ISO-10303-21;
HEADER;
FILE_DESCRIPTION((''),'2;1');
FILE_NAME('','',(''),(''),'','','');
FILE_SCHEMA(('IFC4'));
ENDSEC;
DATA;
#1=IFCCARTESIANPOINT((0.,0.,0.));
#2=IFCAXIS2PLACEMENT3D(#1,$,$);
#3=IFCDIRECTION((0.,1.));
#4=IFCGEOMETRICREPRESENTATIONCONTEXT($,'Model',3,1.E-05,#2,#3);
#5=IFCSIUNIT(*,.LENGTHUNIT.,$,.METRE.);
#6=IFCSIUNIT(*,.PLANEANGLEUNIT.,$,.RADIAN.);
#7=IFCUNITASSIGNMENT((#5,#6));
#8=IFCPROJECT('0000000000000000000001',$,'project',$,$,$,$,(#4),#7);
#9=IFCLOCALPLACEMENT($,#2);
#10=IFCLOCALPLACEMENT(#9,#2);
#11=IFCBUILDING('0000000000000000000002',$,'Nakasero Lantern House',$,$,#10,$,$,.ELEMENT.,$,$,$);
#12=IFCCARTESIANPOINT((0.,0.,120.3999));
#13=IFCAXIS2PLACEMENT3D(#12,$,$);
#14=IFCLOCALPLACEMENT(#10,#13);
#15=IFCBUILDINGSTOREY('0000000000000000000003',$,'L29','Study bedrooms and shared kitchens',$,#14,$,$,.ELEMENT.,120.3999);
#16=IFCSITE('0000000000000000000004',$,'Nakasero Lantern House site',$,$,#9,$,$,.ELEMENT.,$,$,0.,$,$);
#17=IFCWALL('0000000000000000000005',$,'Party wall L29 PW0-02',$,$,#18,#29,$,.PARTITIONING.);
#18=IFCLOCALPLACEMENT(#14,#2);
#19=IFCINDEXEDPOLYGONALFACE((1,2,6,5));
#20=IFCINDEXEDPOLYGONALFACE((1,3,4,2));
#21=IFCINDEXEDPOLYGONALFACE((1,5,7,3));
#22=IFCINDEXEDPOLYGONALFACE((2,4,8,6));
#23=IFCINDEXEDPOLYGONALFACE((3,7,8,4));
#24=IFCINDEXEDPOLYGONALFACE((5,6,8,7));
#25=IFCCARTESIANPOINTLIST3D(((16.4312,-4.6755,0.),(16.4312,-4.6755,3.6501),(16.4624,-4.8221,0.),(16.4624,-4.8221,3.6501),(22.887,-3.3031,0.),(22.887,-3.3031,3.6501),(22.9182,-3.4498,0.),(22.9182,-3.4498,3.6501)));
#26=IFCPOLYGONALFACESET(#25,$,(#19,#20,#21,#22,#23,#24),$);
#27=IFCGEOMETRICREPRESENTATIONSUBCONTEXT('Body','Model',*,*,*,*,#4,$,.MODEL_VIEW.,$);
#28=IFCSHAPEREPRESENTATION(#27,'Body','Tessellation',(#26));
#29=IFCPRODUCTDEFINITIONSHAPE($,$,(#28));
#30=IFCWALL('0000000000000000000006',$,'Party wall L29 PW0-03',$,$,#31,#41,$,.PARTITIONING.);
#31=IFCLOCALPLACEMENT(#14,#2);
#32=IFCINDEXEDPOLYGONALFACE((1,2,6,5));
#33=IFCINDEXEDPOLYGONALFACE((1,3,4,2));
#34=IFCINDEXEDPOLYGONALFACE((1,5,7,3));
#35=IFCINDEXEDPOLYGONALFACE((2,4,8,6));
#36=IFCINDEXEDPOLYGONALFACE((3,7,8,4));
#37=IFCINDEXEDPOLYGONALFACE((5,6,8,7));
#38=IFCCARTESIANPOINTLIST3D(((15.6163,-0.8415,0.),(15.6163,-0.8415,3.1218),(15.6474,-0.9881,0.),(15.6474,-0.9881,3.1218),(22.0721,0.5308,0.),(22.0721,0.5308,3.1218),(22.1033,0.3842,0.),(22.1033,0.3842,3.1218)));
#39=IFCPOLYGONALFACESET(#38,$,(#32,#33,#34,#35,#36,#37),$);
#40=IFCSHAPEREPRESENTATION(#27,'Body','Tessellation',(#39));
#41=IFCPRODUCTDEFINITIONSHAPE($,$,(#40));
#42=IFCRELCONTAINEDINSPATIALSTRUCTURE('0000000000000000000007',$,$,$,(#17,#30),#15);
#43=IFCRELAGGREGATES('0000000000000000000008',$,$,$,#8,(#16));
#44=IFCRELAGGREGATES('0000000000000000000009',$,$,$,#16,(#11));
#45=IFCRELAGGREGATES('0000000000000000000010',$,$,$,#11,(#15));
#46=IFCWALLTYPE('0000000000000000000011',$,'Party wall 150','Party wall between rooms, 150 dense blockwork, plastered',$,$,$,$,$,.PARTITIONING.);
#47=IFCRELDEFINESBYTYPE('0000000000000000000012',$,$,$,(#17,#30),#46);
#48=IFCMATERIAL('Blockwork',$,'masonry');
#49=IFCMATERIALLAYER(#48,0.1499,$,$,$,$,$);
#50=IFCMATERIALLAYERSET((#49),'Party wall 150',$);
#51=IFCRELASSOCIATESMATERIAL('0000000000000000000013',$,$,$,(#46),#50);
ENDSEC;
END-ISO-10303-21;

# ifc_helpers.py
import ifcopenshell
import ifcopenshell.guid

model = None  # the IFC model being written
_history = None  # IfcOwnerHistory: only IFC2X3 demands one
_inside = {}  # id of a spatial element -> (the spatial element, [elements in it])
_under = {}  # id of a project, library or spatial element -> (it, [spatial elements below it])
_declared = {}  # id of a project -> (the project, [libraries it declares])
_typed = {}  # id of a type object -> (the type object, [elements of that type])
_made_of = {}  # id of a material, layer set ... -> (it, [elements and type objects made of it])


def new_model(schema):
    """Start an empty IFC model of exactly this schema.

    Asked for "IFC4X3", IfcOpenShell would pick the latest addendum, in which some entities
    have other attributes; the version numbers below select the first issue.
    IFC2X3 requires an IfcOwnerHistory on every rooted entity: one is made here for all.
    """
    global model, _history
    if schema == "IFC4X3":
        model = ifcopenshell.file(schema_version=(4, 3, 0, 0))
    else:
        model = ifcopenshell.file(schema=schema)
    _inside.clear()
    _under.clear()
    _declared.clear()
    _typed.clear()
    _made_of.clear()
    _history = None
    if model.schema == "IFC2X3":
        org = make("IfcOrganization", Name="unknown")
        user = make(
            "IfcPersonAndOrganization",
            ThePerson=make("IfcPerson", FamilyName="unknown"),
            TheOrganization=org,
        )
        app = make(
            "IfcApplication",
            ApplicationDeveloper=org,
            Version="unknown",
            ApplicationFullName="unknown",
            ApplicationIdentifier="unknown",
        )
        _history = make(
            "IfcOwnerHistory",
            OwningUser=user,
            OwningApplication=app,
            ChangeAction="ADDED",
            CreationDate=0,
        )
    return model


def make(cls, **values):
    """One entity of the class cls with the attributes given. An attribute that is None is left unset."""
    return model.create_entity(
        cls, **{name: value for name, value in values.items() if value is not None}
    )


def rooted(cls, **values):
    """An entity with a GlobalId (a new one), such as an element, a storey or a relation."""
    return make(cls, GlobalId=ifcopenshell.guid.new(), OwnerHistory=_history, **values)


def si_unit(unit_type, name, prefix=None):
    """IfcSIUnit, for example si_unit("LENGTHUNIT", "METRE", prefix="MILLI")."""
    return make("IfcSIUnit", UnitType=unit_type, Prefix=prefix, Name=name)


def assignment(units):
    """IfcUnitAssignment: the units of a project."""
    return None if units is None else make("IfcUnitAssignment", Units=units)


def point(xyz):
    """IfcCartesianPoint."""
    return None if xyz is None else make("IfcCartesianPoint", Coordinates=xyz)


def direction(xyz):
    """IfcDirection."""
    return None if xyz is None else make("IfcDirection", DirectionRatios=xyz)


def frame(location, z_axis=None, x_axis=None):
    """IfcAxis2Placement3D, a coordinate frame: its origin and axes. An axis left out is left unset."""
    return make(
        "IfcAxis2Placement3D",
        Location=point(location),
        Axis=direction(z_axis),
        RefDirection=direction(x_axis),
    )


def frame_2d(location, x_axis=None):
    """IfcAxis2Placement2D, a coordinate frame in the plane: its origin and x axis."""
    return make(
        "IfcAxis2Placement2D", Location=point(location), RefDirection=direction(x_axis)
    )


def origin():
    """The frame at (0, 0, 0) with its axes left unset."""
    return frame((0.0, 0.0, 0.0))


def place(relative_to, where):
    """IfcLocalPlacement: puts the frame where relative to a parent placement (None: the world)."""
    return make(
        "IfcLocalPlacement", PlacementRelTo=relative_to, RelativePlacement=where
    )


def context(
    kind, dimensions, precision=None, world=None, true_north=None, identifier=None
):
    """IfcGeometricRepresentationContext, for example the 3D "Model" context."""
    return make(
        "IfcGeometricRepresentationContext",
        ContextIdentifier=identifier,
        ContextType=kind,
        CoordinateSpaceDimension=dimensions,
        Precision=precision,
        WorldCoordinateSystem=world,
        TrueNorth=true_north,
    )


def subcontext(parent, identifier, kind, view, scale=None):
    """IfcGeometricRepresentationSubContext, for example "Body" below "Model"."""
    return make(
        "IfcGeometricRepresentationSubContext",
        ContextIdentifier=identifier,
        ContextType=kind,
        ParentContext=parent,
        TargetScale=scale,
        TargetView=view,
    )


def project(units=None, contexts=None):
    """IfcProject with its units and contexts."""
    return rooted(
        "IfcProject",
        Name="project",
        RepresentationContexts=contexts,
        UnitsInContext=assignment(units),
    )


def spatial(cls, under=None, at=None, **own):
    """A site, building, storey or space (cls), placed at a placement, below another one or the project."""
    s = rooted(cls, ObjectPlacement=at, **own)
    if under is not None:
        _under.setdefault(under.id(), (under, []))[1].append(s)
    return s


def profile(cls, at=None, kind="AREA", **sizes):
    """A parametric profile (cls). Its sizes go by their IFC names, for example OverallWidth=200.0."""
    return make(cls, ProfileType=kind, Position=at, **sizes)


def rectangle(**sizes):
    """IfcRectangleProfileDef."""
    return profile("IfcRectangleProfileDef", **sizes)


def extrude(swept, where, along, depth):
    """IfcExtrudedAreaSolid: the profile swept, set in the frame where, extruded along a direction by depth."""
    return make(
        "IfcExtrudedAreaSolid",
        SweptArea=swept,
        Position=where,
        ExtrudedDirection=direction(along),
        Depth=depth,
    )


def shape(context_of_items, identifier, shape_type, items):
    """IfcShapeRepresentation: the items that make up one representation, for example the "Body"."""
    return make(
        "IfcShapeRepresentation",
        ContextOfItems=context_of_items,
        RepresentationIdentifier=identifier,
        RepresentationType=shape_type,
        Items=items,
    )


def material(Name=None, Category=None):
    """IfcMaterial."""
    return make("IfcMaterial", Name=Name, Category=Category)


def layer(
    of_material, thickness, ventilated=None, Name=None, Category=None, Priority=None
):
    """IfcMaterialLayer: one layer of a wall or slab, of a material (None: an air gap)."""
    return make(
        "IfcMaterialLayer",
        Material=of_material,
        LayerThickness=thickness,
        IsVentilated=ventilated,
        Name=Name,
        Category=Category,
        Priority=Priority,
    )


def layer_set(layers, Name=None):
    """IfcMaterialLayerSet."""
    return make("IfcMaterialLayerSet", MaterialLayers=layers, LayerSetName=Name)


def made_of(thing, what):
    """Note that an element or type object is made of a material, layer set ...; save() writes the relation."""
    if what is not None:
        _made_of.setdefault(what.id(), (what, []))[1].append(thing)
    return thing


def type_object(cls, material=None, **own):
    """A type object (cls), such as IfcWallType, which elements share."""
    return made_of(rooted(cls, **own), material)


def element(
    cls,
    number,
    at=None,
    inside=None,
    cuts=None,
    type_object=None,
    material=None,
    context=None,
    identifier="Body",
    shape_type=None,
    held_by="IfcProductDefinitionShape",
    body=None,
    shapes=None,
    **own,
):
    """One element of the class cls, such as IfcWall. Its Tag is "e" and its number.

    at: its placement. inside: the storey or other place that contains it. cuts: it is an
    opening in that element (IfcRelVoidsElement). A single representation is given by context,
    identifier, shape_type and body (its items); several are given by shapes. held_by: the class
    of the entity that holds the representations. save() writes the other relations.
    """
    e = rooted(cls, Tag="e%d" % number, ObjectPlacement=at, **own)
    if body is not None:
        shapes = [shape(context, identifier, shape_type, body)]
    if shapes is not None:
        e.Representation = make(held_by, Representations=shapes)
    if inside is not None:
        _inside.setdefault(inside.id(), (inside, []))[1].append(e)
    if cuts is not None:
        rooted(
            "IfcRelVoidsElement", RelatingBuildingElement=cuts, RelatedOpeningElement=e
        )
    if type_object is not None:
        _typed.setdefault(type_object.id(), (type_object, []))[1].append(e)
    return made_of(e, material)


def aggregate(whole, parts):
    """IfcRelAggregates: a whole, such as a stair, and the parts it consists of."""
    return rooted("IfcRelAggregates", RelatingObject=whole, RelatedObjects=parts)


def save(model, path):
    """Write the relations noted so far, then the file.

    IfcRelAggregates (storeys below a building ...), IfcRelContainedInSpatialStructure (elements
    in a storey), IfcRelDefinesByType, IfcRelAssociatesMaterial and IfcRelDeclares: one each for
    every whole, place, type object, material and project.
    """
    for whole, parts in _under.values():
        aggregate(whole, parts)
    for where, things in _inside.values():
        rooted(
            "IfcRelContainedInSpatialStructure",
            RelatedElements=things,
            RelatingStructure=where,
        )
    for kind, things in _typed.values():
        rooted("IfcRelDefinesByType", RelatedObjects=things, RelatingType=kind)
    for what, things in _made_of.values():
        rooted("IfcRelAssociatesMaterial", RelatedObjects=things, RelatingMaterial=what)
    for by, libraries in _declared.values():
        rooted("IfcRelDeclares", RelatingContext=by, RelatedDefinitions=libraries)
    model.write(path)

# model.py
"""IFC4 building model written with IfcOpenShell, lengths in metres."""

from ifc_helpers import new_model, si_unit, direction, frame, frame_2d, origin, place, context, subcontext, project, spatial, rectangle, extrude, material, layer, layer_set, type_object, element, save


model = new_model("IFC4")

# Units and contexts
model_context = context("Model", 3, precision=1e-05, world=origin(), true_north=direction((0.0, 1.0)))
body_context = subcontext(model_context, "Body", "Model", "MODEL_VIEW")
ifc_project = project(units=[si_unit("LENGTHUNIT", "METRE"), si_unit("PLANEANGLEUNIT", "RADIAN")], contexts=[model_context])

# Site, building, storey
site_placement = place(None, origin())
site = spatial("IfcSite", under=ifc_project, at=site_placement, Name="Nakasero Lantern House site", CompositionType="ELEMENT", RefElevation=0.0)
building_placement = place(site_placement, origin())
building = spatial("IfcBuilding", under=site, at=building_placement, Name="Nakasero Lantern House", CompositionType="ELEMENT")
storey_placement = place(building_placement, frame((0.0, 0.0, 120.3999)))
storey = spatial("IfcBuildingStorey", under=building, at=storey_placement, Name="L29", Description="Study bedrooms and shared kitchens", CompositionType="ELEMENT", Elevation=120.3999)

# Walls
ifc_material_1 = material(Name="Blockwork", Category="masonry")
ifc_layer_1 = layer(ifc_material_1, 0.1499)
ifc_layer_set_1 = layer_set([ifc_layer_1], Name="Party wall 150")
wall_type_1 = type_object("IfcWallType", Name="Party wall 150", Description="Party wall between rooms, 150 dense blockwork, plastered", PredefinedType="PARTITIONING", material=ifc_layer_set_1)
wall_1_placement = place(storey_placement, frame((16.4468, -4.7488, 0.0), z_axis=(0.0, 0.0, 1.0), x_axis=(0.978145, 0.207925, 0.0)))
element("IfcWall", 1, at=wall_1_placement, inside=storey, type_object=wall_type_1, Name="Party wall L29 PW0-02", PredefinedType="PARTITIONING", context=body_context, shape_type="SweptSolid", body=[
    extrude(rectangle(XDim=6.6001, YDim=0.1499, at=frame_2d((3.3, 0.0))), origin(), (0.0, 0.0, 1.0), 3.6501),
])
wall_2_placement = place(storey_placement, frame((15.6318, -0.9148, 0.0), z_axis=(0.0, 0.0, 1.0), x_axis=(0.978145, 0.207925, 0.0)))
element("IfcWall", 2, at=wall_2_placement, inside=storey, type_object=wall_type_1, Name="Party wall L29 PW0-03", PredefinedType="PARTITIONING", context=body_context, shape_type="SweptSolid", body=[
    extrude(rectangle(XDim=6.6001, YDim=0.1499, at=frame_2d((3.3, 0.0))), origin(), (0.0, 0.0, 1.0), 3.1218),
])

save(model, "model.ifc")
